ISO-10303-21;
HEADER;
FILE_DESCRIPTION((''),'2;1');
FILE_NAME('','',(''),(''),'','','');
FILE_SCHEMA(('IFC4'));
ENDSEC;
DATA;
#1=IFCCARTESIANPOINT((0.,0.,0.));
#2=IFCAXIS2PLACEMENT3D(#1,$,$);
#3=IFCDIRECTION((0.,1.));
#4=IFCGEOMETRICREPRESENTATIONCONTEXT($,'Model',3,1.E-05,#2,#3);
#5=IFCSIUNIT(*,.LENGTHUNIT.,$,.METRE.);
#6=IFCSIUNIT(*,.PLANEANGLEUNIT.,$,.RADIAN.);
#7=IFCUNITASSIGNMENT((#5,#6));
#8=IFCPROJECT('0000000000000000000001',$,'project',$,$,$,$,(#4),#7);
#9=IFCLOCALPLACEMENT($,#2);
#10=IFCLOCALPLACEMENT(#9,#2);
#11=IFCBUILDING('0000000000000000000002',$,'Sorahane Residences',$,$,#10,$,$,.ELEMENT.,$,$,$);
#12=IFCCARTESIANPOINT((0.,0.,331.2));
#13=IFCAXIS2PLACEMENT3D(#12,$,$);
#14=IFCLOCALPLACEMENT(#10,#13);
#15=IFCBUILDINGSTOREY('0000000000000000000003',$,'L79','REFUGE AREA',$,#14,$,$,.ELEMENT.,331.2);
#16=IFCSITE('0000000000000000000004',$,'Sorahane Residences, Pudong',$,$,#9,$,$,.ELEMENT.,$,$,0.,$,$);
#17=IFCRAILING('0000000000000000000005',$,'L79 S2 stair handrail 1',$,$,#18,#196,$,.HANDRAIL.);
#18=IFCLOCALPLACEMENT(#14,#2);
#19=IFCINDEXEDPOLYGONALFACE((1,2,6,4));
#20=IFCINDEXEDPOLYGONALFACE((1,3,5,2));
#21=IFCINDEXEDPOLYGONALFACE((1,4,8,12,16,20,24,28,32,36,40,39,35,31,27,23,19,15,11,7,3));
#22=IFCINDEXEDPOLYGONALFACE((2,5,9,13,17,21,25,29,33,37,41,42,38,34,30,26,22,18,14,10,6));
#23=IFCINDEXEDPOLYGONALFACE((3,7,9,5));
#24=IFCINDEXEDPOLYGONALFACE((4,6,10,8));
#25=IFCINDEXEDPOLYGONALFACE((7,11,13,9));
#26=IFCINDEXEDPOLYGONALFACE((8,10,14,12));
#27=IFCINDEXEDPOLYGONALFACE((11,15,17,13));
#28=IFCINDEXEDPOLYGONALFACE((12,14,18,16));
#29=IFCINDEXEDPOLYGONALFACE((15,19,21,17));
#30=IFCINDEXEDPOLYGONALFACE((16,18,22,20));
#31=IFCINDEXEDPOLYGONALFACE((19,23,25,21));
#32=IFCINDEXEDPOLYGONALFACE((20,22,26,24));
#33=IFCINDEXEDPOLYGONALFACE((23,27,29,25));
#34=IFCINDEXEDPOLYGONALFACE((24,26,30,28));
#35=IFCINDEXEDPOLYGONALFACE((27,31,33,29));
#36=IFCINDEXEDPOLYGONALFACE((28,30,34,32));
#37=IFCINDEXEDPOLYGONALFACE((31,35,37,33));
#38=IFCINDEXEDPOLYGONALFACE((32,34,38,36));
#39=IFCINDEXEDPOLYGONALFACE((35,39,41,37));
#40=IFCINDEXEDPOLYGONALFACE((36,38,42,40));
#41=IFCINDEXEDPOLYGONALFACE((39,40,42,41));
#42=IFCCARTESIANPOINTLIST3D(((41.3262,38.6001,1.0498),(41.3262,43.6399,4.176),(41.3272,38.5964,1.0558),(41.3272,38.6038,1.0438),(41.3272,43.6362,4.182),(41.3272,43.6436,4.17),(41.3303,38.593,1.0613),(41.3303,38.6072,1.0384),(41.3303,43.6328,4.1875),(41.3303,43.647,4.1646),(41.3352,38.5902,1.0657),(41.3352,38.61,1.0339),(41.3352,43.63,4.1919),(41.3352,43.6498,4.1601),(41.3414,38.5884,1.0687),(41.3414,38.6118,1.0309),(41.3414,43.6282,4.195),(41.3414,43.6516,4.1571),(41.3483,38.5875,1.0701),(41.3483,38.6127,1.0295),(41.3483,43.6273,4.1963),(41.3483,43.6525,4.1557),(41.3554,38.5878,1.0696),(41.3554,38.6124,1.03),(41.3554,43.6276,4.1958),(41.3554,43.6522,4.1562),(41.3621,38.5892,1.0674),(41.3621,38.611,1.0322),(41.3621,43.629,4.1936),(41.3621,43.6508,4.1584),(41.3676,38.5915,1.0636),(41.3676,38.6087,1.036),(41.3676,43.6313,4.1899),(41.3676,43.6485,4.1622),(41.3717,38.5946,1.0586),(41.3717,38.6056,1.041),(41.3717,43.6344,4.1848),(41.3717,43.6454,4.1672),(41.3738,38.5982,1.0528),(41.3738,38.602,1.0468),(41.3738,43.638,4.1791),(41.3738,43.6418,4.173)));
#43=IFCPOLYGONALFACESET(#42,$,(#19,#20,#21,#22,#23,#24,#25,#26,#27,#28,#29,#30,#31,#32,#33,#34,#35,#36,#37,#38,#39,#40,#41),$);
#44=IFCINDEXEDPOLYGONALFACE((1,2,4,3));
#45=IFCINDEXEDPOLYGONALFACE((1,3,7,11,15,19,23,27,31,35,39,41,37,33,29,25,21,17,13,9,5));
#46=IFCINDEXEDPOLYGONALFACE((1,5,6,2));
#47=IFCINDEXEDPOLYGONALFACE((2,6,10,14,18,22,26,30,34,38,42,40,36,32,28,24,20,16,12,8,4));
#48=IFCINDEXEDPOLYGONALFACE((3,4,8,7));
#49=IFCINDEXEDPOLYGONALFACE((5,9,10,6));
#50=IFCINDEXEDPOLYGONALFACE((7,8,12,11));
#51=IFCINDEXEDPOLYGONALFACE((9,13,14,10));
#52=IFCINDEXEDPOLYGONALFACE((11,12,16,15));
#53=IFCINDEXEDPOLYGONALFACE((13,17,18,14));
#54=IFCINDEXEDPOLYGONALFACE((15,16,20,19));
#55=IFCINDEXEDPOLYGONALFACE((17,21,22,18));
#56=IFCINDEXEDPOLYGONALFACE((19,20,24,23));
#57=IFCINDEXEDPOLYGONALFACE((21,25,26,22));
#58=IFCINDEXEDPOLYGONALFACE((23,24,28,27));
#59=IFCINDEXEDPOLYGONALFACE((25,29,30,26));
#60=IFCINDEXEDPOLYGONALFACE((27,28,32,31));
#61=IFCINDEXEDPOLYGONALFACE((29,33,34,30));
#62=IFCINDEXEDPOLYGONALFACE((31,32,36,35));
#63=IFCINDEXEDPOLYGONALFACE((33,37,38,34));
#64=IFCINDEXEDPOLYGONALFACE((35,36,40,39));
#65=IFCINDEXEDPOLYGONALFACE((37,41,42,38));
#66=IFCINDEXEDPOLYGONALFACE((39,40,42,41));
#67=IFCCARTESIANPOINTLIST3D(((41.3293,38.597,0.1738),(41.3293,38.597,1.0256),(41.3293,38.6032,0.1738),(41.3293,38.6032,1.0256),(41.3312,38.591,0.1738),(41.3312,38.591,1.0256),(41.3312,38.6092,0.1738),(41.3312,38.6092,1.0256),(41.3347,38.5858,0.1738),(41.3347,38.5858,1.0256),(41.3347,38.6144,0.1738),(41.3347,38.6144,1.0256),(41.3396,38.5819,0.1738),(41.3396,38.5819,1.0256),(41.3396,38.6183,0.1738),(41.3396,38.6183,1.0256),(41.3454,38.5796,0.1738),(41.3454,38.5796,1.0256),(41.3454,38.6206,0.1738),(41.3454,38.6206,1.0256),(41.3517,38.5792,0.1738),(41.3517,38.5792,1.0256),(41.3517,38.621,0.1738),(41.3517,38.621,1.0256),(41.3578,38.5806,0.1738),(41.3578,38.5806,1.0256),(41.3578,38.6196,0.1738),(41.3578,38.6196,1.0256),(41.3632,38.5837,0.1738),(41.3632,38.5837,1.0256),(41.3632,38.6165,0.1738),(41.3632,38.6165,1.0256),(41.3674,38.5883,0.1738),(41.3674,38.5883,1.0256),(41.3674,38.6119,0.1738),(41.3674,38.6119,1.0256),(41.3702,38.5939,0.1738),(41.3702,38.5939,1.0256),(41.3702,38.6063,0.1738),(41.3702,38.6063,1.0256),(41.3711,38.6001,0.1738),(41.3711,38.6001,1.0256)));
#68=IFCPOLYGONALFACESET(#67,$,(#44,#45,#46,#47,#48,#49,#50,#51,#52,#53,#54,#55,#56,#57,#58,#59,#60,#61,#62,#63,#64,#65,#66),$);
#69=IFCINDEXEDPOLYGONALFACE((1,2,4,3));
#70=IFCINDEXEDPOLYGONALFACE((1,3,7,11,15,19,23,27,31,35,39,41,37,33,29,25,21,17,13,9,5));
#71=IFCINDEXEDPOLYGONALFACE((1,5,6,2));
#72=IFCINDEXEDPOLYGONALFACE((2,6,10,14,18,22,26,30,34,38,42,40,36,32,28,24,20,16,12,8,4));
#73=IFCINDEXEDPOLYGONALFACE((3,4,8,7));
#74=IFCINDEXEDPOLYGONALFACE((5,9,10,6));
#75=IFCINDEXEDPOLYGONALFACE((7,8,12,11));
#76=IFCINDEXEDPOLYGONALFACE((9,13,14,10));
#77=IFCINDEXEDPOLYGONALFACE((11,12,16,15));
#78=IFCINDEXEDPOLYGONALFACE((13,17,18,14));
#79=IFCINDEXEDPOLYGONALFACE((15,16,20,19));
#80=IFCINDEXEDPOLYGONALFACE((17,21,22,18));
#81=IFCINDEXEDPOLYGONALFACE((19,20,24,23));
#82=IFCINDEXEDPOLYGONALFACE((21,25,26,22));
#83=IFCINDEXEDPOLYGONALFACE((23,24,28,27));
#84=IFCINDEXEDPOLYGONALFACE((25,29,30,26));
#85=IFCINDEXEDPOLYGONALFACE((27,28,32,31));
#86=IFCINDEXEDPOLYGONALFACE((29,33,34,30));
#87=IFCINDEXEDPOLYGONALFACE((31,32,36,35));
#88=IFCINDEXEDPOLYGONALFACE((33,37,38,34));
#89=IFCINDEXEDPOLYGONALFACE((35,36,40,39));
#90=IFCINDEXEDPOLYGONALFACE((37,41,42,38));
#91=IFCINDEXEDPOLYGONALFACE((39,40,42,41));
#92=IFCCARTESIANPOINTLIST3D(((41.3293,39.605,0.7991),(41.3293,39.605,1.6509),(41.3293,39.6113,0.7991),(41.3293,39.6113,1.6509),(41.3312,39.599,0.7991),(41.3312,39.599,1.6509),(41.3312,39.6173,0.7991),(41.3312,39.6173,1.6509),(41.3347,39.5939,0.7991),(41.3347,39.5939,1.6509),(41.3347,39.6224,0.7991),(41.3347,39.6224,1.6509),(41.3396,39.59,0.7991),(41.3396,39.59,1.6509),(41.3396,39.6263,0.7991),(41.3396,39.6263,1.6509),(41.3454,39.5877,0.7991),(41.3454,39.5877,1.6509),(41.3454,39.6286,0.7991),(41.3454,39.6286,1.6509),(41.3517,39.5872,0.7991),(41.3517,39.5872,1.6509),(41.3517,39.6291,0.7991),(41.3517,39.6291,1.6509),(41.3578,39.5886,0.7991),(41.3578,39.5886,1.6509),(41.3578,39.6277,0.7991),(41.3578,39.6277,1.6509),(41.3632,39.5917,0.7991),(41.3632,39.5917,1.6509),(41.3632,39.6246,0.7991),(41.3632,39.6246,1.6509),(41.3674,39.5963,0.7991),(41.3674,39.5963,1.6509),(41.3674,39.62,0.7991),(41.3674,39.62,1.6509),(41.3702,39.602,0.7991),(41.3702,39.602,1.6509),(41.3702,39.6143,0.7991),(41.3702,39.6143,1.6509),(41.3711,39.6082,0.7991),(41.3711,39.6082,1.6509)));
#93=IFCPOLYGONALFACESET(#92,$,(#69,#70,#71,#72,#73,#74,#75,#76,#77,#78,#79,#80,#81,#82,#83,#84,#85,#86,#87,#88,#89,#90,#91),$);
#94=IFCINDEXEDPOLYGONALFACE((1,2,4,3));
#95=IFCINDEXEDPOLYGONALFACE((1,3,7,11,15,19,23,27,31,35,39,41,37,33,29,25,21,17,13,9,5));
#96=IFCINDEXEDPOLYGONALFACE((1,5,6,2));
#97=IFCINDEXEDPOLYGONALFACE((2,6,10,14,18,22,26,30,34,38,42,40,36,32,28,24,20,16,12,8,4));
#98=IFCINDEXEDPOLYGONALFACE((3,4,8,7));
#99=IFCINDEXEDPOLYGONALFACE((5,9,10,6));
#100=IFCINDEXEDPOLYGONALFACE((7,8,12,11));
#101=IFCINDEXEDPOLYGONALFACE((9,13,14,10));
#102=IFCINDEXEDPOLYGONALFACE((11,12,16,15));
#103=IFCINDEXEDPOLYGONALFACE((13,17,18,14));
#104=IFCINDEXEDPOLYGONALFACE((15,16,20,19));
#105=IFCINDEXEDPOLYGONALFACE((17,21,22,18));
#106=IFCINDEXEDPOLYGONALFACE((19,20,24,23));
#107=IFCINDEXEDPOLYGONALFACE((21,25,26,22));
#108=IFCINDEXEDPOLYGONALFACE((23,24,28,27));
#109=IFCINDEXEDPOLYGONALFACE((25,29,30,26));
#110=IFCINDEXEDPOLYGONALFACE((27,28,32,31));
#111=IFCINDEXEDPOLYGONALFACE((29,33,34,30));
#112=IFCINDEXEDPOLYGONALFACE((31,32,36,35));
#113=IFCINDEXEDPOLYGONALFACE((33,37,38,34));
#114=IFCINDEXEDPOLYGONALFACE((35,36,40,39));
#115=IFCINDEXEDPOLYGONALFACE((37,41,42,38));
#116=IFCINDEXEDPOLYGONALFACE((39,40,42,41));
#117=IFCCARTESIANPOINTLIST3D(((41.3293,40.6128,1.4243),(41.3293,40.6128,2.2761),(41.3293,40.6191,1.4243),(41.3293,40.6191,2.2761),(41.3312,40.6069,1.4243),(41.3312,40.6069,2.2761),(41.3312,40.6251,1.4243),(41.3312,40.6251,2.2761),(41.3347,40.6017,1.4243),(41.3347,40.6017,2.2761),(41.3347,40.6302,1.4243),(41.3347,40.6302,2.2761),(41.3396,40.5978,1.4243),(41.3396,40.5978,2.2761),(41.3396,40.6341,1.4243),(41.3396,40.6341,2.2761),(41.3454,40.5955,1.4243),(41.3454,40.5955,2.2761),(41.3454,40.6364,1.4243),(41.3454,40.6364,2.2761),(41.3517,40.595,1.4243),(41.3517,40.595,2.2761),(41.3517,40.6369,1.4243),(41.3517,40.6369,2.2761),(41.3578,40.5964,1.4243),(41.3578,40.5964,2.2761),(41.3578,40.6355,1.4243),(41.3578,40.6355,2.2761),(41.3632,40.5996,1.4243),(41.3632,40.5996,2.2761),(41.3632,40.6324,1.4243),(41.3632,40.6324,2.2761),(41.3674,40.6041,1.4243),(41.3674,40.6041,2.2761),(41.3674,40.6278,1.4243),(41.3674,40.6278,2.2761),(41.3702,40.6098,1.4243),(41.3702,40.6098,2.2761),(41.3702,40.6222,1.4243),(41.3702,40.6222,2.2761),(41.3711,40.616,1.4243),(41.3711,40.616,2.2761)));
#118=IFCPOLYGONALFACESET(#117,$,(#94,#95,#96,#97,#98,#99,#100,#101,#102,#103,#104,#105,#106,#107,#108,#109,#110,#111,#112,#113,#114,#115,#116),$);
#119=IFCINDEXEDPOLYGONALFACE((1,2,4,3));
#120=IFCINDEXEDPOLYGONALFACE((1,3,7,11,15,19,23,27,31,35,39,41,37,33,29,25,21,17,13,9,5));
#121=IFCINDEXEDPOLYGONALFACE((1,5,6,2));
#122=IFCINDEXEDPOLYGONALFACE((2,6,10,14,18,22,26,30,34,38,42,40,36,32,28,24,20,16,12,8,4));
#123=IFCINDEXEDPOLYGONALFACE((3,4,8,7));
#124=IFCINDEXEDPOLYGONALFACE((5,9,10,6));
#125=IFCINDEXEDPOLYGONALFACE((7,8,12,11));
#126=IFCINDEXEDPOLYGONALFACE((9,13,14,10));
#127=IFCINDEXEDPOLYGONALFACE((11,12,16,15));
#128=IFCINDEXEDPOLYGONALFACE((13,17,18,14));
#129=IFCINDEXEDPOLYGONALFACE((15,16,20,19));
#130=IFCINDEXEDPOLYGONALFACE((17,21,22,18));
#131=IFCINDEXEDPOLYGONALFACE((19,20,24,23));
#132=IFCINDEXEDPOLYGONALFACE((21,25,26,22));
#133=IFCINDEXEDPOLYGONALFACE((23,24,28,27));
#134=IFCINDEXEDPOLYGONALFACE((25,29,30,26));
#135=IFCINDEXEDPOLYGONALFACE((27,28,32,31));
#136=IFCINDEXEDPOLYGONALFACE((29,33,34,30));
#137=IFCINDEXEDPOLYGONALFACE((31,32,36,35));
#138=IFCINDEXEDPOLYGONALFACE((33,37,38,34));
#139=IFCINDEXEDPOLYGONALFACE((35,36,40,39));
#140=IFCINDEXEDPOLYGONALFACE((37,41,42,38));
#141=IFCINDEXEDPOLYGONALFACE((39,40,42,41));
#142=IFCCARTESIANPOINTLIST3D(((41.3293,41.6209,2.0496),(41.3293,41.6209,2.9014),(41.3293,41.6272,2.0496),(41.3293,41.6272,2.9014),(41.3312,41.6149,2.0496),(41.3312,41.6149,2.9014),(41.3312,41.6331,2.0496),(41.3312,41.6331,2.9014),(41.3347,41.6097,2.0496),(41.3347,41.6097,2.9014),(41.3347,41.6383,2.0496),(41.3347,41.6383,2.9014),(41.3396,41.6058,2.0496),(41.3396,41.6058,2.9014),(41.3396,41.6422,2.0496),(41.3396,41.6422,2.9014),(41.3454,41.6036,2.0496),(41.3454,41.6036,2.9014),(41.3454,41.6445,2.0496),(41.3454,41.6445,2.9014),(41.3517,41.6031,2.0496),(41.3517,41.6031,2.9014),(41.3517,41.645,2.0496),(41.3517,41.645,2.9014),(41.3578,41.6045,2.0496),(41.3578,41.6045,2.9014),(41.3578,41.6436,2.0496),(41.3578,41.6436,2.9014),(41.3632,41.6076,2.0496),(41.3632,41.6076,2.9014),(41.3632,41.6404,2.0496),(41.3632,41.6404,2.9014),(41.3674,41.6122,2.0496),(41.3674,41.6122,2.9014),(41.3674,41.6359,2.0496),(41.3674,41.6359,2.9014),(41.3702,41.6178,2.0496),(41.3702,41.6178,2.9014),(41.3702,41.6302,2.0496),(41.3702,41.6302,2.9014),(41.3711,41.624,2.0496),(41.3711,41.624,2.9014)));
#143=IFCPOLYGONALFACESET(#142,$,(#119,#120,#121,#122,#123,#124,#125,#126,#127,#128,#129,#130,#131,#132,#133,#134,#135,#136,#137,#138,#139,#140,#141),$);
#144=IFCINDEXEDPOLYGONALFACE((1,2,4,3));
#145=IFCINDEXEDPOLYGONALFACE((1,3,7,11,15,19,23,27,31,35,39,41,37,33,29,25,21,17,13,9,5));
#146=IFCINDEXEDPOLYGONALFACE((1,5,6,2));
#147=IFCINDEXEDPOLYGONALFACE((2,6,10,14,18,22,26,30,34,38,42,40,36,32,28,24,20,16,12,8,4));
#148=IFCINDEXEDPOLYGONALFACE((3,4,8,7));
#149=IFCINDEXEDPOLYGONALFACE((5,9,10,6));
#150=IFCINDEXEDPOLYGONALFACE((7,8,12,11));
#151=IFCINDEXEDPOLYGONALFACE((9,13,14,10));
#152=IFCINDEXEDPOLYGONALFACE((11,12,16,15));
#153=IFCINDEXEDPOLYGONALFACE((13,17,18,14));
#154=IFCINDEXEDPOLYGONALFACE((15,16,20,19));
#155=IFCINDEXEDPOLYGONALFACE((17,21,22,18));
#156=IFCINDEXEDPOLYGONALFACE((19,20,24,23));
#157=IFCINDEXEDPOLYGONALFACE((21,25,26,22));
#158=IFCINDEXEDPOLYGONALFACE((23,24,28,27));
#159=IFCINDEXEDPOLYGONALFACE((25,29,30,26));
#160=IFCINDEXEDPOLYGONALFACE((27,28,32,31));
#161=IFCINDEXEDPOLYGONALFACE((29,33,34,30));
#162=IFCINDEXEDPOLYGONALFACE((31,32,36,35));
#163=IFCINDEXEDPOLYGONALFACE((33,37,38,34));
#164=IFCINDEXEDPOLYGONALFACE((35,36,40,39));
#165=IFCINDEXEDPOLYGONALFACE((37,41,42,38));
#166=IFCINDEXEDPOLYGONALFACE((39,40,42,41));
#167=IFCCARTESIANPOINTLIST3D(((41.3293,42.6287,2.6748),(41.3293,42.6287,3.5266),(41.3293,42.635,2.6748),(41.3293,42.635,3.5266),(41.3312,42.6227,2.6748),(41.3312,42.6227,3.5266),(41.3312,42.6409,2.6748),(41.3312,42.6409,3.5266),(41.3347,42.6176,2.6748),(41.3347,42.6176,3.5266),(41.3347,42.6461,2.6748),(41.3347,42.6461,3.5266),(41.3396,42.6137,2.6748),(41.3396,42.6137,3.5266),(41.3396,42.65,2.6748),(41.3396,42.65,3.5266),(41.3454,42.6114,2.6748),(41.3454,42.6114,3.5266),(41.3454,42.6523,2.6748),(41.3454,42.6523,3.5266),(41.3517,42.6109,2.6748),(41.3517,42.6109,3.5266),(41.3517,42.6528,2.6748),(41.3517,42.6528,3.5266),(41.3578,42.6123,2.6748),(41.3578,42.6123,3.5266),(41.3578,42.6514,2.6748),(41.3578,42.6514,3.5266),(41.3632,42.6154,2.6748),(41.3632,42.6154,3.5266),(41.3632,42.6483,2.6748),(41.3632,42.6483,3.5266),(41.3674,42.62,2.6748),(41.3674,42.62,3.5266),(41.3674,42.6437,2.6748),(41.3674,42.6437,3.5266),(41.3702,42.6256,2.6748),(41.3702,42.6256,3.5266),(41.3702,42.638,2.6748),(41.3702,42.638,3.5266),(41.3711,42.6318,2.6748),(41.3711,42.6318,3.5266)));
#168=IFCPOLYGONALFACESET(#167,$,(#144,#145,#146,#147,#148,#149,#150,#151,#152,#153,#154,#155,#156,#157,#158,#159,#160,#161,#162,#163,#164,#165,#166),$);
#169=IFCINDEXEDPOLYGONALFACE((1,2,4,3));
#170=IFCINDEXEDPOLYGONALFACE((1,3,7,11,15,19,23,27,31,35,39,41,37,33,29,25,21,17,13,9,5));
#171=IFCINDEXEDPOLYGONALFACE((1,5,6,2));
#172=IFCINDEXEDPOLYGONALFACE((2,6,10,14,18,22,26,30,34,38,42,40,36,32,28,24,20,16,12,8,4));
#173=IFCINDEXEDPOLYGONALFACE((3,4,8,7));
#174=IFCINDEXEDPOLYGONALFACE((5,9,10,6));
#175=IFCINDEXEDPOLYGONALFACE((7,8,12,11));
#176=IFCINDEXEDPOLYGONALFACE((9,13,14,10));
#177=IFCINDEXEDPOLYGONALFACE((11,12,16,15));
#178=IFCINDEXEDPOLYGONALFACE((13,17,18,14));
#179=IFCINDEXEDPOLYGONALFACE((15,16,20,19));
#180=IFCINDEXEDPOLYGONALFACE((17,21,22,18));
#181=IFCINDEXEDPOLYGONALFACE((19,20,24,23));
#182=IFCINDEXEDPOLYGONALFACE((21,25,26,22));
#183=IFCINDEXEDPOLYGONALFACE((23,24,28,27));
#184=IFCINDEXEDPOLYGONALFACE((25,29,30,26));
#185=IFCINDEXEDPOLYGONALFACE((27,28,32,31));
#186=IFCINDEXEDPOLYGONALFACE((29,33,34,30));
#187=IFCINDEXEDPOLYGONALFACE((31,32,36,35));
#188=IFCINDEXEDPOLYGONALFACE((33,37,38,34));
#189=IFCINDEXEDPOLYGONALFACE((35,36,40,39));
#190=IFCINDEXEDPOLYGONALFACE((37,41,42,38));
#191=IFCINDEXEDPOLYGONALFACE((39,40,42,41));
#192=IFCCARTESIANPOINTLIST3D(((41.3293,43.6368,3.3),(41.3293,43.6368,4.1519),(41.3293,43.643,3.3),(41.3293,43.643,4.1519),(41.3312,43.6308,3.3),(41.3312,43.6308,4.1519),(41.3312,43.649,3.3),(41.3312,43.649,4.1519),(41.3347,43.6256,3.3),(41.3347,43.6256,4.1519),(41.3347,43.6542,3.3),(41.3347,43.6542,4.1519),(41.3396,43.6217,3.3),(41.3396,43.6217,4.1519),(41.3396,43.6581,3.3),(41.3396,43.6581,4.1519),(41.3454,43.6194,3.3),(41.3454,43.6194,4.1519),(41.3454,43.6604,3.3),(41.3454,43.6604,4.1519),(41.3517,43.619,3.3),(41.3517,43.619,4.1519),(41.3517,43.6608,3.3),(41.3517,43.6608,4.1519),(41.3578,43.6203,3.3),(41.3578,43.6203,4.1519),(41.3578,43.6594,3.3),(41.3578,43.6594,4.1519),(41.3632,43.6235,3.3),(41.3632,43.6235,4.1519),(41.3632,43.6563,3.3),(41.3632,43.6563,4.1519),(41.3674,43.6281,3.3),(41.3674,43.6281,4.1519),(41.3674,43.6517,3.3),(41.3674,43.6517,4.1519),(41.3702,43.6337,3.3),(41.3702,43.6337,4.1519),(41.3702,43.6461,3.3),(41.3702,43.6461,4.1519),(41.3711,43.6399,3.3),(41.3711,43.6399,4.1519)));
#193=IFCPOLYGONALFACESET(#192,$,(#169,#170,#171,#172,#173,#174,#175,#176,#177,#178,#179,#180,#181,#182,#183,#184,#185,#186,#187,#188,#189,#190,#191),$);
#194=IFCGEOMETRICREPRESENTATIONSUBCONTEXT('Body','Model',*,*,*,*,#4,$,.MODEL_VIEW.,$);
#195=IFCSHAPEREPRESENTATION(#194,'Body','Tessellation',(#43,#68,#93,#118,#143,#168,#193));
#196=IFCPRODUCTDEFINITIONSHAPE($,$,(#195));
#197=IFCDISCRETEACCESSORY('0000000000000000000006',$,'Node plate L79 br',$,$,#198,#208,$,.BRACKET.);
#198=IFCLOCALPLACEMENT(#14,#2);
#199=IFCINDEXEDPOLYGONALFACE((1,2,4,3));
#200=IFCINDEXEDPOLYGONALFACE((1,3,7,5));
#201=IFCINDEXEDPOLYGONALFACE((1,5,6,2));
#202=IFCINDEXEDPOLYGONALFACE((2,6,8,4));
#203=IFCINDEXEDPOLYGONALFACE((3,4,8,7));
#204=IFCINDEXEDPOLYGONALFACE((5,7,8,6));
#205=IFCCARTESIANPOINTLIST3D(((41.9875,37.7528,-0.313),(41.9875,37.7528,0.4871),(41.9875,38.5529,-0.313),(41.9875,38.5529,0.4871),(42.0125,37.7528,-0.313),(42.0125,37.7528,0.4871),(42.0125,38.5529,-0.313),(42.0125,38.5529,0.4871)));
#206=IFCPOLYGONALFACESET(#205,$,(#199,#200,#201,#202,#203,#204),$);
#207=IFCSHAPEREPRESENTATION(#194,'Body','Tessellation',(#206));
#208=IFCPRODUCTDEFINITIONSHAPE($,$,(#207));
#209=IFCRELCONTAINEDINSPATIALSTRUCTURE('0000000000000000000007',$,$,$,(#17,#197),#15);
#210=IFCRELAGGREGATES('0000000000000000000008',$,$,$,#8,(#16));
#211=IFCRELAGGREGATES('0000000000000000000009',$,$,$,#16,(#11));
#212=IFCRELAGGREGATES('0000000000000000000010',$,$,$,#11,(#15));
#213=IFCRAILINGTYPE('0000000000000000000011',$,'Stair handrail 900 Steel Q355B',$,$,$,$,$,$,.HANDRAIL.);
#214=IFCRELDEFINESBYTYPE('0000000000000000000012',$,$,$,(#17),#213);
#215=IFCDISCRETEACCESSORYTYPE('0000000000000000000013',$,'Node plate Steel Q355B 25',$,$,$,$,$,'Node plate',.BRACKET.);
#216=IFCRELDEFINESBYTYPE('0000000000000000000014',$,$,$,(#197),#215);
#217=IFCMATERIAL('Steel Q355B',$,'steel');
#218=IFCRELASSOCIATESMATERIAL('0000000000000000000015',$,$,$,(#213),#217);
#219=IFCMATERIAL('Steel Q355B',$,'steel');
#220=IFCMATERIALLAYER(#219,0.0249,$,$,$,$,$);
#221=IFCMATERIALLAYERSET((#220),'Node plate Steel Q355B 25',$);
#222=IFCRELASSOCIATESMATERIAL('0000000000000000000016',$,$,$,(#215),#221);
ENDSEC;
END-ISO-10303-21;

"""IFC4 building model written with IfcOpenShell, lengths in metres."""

from ifc_helpers import new_model, si_unit, direction, frame, origin, origin_2d, place, context, subcontext, project, spatial, rectangle, circle, extrude, material, layer, layer_set, type_object, element, save


model = new_model("IFC4")

# Units and contexts
model_context = context("Model", 3, precision=1e-05, world=origin(), true_north=direction((0.0, 1.0)))
body_context = subcontext(model_context, "Body", "Model", "MODEL_VIEW")
ifc_project = project(units=[si_unit("LENGTHUNIT", "METRE"), si_unit("PLANEANGLEUNIT", "RADIAN")], contexts=[model_context])

# Site, building, storey
site_placement = place(None, origin())
site = spatial("IfcSite", under=ifc_project, at=site_placement, Name="Sorahane Residences, Pudong", CompositionType="ELEMENT", RefElevation=0.0)
building_placement = place(site_placement, origin())
building = spatial("IfcBuilding", under=site, at=building_placement, Name="Sorahane Residences", CompositionType="ELEMENT")
storey_placement = place(building_placement, frame((0.0, 0.0, 331.2)))
storey = spatial("IfcBuildingStorey", under=building, at=storey_placement, Name="L79", Description="REFUGE AREA", CompositionType="ELEMENT", Elevation=331.2)

# Railing
ifc_material_1 = material(Name="Steel Q355B", Category="steel")
railing_type_1 = type_object("IfcRailingType", Name="Stair handrail 900 Steel Q355B", PredefinedType="HANDRAIL", material=ifc_material_1)
railing_1_placement = place(storey_placement, frame((41.3501, 38.6001, 0.1738)))
element("IfcRailing", 1, at=railing_1_placement, inside=storey, type_object=railing_type_1, Name="L79 S2 stair handrail 1", PredefinedType="HANDRAIL", context=body_context, shape_type="SweptSolid", body=[
    extrude(circle(Radius=0.0239, at=origin_2d()), frame((0.0, 0.0, 0.876), z_axis=(0.0, 0.849786, 0.527128), x_axis=(-1.0, 0.0, 0.0)), (0.0, 0.0, 1.0), 5.9307),
    extrude(circle(Radius=0.021, at=origin_2d()), origin(), (0.0, 0.0, 1.0), 0.8518),
    extrude(circle(Radius=0.021, at=origin_2d()), frame((0.0, 1.0081, 0.6252)), (0.0, 0.0, 1.0), 0.8518),
    extrude(circle(Radius=0.021, at=origin_2d()), frame((0.0, 2.0159, 1.2505)), (0.0, 0.0, 1.0), 0.8518),
    extrude(circle(Radius=0.021, at=origin_2d()), frame((0.0, 3.0239, 1.8757)), (0.0, 0.0, 1.0), 0.8518),
    extrude(circle(Radius=0.021, at=origin_2d()), frame((0.0, 4.0317, 2.501)), (0.0, 0.0, 1.0), 0.8518),
    extrude(circle(Radius=0.021, at=origin_2d()), frame((0.0, 5.0398, 3.1262)), (0.0, 0.0, 1.0), 0.8518),
])

# Discrete accessory
ifc_material_2 = material(Name="Steel Q355B", Category="steel")
ifc_layer_1 = layer(ifc_material_2, 0.0249)
ifc_layer_set_1 = layer_set([ifc_layer_1], Name="Node plate Steel Q355B 25")
discrete_accessory_type = type_object("IfcDiscreteAccessoryType", Name="Node plate Steel Q355B 25", ElementType="Node plate", PredefinedType="BRACKET", material=ifc_layer_set_1)
discrete_accessory_placement = place(storey_placement, frame((42.0, 38.1528, -0.313), z_axis=(0.0, 0.0, 1.0), x_axis=(0.0, 1.0, 0.0)))
element("IfcDiscreteAccessory", 2, at=discrete_accessory_placement, inside=storey, type_object=discrete_accessory_type, Name="Node plate L79 br", PredefinedType="BRACKET", context=body_context, shape_type="SweptSolid", body=[
    extrude(rectangle(XDim=0.8, YDim=0.0249, at=origin_2d()), origin(), (0.0, 0.0, 1.0), 0.8),
])

save(model, "model.ifc")
